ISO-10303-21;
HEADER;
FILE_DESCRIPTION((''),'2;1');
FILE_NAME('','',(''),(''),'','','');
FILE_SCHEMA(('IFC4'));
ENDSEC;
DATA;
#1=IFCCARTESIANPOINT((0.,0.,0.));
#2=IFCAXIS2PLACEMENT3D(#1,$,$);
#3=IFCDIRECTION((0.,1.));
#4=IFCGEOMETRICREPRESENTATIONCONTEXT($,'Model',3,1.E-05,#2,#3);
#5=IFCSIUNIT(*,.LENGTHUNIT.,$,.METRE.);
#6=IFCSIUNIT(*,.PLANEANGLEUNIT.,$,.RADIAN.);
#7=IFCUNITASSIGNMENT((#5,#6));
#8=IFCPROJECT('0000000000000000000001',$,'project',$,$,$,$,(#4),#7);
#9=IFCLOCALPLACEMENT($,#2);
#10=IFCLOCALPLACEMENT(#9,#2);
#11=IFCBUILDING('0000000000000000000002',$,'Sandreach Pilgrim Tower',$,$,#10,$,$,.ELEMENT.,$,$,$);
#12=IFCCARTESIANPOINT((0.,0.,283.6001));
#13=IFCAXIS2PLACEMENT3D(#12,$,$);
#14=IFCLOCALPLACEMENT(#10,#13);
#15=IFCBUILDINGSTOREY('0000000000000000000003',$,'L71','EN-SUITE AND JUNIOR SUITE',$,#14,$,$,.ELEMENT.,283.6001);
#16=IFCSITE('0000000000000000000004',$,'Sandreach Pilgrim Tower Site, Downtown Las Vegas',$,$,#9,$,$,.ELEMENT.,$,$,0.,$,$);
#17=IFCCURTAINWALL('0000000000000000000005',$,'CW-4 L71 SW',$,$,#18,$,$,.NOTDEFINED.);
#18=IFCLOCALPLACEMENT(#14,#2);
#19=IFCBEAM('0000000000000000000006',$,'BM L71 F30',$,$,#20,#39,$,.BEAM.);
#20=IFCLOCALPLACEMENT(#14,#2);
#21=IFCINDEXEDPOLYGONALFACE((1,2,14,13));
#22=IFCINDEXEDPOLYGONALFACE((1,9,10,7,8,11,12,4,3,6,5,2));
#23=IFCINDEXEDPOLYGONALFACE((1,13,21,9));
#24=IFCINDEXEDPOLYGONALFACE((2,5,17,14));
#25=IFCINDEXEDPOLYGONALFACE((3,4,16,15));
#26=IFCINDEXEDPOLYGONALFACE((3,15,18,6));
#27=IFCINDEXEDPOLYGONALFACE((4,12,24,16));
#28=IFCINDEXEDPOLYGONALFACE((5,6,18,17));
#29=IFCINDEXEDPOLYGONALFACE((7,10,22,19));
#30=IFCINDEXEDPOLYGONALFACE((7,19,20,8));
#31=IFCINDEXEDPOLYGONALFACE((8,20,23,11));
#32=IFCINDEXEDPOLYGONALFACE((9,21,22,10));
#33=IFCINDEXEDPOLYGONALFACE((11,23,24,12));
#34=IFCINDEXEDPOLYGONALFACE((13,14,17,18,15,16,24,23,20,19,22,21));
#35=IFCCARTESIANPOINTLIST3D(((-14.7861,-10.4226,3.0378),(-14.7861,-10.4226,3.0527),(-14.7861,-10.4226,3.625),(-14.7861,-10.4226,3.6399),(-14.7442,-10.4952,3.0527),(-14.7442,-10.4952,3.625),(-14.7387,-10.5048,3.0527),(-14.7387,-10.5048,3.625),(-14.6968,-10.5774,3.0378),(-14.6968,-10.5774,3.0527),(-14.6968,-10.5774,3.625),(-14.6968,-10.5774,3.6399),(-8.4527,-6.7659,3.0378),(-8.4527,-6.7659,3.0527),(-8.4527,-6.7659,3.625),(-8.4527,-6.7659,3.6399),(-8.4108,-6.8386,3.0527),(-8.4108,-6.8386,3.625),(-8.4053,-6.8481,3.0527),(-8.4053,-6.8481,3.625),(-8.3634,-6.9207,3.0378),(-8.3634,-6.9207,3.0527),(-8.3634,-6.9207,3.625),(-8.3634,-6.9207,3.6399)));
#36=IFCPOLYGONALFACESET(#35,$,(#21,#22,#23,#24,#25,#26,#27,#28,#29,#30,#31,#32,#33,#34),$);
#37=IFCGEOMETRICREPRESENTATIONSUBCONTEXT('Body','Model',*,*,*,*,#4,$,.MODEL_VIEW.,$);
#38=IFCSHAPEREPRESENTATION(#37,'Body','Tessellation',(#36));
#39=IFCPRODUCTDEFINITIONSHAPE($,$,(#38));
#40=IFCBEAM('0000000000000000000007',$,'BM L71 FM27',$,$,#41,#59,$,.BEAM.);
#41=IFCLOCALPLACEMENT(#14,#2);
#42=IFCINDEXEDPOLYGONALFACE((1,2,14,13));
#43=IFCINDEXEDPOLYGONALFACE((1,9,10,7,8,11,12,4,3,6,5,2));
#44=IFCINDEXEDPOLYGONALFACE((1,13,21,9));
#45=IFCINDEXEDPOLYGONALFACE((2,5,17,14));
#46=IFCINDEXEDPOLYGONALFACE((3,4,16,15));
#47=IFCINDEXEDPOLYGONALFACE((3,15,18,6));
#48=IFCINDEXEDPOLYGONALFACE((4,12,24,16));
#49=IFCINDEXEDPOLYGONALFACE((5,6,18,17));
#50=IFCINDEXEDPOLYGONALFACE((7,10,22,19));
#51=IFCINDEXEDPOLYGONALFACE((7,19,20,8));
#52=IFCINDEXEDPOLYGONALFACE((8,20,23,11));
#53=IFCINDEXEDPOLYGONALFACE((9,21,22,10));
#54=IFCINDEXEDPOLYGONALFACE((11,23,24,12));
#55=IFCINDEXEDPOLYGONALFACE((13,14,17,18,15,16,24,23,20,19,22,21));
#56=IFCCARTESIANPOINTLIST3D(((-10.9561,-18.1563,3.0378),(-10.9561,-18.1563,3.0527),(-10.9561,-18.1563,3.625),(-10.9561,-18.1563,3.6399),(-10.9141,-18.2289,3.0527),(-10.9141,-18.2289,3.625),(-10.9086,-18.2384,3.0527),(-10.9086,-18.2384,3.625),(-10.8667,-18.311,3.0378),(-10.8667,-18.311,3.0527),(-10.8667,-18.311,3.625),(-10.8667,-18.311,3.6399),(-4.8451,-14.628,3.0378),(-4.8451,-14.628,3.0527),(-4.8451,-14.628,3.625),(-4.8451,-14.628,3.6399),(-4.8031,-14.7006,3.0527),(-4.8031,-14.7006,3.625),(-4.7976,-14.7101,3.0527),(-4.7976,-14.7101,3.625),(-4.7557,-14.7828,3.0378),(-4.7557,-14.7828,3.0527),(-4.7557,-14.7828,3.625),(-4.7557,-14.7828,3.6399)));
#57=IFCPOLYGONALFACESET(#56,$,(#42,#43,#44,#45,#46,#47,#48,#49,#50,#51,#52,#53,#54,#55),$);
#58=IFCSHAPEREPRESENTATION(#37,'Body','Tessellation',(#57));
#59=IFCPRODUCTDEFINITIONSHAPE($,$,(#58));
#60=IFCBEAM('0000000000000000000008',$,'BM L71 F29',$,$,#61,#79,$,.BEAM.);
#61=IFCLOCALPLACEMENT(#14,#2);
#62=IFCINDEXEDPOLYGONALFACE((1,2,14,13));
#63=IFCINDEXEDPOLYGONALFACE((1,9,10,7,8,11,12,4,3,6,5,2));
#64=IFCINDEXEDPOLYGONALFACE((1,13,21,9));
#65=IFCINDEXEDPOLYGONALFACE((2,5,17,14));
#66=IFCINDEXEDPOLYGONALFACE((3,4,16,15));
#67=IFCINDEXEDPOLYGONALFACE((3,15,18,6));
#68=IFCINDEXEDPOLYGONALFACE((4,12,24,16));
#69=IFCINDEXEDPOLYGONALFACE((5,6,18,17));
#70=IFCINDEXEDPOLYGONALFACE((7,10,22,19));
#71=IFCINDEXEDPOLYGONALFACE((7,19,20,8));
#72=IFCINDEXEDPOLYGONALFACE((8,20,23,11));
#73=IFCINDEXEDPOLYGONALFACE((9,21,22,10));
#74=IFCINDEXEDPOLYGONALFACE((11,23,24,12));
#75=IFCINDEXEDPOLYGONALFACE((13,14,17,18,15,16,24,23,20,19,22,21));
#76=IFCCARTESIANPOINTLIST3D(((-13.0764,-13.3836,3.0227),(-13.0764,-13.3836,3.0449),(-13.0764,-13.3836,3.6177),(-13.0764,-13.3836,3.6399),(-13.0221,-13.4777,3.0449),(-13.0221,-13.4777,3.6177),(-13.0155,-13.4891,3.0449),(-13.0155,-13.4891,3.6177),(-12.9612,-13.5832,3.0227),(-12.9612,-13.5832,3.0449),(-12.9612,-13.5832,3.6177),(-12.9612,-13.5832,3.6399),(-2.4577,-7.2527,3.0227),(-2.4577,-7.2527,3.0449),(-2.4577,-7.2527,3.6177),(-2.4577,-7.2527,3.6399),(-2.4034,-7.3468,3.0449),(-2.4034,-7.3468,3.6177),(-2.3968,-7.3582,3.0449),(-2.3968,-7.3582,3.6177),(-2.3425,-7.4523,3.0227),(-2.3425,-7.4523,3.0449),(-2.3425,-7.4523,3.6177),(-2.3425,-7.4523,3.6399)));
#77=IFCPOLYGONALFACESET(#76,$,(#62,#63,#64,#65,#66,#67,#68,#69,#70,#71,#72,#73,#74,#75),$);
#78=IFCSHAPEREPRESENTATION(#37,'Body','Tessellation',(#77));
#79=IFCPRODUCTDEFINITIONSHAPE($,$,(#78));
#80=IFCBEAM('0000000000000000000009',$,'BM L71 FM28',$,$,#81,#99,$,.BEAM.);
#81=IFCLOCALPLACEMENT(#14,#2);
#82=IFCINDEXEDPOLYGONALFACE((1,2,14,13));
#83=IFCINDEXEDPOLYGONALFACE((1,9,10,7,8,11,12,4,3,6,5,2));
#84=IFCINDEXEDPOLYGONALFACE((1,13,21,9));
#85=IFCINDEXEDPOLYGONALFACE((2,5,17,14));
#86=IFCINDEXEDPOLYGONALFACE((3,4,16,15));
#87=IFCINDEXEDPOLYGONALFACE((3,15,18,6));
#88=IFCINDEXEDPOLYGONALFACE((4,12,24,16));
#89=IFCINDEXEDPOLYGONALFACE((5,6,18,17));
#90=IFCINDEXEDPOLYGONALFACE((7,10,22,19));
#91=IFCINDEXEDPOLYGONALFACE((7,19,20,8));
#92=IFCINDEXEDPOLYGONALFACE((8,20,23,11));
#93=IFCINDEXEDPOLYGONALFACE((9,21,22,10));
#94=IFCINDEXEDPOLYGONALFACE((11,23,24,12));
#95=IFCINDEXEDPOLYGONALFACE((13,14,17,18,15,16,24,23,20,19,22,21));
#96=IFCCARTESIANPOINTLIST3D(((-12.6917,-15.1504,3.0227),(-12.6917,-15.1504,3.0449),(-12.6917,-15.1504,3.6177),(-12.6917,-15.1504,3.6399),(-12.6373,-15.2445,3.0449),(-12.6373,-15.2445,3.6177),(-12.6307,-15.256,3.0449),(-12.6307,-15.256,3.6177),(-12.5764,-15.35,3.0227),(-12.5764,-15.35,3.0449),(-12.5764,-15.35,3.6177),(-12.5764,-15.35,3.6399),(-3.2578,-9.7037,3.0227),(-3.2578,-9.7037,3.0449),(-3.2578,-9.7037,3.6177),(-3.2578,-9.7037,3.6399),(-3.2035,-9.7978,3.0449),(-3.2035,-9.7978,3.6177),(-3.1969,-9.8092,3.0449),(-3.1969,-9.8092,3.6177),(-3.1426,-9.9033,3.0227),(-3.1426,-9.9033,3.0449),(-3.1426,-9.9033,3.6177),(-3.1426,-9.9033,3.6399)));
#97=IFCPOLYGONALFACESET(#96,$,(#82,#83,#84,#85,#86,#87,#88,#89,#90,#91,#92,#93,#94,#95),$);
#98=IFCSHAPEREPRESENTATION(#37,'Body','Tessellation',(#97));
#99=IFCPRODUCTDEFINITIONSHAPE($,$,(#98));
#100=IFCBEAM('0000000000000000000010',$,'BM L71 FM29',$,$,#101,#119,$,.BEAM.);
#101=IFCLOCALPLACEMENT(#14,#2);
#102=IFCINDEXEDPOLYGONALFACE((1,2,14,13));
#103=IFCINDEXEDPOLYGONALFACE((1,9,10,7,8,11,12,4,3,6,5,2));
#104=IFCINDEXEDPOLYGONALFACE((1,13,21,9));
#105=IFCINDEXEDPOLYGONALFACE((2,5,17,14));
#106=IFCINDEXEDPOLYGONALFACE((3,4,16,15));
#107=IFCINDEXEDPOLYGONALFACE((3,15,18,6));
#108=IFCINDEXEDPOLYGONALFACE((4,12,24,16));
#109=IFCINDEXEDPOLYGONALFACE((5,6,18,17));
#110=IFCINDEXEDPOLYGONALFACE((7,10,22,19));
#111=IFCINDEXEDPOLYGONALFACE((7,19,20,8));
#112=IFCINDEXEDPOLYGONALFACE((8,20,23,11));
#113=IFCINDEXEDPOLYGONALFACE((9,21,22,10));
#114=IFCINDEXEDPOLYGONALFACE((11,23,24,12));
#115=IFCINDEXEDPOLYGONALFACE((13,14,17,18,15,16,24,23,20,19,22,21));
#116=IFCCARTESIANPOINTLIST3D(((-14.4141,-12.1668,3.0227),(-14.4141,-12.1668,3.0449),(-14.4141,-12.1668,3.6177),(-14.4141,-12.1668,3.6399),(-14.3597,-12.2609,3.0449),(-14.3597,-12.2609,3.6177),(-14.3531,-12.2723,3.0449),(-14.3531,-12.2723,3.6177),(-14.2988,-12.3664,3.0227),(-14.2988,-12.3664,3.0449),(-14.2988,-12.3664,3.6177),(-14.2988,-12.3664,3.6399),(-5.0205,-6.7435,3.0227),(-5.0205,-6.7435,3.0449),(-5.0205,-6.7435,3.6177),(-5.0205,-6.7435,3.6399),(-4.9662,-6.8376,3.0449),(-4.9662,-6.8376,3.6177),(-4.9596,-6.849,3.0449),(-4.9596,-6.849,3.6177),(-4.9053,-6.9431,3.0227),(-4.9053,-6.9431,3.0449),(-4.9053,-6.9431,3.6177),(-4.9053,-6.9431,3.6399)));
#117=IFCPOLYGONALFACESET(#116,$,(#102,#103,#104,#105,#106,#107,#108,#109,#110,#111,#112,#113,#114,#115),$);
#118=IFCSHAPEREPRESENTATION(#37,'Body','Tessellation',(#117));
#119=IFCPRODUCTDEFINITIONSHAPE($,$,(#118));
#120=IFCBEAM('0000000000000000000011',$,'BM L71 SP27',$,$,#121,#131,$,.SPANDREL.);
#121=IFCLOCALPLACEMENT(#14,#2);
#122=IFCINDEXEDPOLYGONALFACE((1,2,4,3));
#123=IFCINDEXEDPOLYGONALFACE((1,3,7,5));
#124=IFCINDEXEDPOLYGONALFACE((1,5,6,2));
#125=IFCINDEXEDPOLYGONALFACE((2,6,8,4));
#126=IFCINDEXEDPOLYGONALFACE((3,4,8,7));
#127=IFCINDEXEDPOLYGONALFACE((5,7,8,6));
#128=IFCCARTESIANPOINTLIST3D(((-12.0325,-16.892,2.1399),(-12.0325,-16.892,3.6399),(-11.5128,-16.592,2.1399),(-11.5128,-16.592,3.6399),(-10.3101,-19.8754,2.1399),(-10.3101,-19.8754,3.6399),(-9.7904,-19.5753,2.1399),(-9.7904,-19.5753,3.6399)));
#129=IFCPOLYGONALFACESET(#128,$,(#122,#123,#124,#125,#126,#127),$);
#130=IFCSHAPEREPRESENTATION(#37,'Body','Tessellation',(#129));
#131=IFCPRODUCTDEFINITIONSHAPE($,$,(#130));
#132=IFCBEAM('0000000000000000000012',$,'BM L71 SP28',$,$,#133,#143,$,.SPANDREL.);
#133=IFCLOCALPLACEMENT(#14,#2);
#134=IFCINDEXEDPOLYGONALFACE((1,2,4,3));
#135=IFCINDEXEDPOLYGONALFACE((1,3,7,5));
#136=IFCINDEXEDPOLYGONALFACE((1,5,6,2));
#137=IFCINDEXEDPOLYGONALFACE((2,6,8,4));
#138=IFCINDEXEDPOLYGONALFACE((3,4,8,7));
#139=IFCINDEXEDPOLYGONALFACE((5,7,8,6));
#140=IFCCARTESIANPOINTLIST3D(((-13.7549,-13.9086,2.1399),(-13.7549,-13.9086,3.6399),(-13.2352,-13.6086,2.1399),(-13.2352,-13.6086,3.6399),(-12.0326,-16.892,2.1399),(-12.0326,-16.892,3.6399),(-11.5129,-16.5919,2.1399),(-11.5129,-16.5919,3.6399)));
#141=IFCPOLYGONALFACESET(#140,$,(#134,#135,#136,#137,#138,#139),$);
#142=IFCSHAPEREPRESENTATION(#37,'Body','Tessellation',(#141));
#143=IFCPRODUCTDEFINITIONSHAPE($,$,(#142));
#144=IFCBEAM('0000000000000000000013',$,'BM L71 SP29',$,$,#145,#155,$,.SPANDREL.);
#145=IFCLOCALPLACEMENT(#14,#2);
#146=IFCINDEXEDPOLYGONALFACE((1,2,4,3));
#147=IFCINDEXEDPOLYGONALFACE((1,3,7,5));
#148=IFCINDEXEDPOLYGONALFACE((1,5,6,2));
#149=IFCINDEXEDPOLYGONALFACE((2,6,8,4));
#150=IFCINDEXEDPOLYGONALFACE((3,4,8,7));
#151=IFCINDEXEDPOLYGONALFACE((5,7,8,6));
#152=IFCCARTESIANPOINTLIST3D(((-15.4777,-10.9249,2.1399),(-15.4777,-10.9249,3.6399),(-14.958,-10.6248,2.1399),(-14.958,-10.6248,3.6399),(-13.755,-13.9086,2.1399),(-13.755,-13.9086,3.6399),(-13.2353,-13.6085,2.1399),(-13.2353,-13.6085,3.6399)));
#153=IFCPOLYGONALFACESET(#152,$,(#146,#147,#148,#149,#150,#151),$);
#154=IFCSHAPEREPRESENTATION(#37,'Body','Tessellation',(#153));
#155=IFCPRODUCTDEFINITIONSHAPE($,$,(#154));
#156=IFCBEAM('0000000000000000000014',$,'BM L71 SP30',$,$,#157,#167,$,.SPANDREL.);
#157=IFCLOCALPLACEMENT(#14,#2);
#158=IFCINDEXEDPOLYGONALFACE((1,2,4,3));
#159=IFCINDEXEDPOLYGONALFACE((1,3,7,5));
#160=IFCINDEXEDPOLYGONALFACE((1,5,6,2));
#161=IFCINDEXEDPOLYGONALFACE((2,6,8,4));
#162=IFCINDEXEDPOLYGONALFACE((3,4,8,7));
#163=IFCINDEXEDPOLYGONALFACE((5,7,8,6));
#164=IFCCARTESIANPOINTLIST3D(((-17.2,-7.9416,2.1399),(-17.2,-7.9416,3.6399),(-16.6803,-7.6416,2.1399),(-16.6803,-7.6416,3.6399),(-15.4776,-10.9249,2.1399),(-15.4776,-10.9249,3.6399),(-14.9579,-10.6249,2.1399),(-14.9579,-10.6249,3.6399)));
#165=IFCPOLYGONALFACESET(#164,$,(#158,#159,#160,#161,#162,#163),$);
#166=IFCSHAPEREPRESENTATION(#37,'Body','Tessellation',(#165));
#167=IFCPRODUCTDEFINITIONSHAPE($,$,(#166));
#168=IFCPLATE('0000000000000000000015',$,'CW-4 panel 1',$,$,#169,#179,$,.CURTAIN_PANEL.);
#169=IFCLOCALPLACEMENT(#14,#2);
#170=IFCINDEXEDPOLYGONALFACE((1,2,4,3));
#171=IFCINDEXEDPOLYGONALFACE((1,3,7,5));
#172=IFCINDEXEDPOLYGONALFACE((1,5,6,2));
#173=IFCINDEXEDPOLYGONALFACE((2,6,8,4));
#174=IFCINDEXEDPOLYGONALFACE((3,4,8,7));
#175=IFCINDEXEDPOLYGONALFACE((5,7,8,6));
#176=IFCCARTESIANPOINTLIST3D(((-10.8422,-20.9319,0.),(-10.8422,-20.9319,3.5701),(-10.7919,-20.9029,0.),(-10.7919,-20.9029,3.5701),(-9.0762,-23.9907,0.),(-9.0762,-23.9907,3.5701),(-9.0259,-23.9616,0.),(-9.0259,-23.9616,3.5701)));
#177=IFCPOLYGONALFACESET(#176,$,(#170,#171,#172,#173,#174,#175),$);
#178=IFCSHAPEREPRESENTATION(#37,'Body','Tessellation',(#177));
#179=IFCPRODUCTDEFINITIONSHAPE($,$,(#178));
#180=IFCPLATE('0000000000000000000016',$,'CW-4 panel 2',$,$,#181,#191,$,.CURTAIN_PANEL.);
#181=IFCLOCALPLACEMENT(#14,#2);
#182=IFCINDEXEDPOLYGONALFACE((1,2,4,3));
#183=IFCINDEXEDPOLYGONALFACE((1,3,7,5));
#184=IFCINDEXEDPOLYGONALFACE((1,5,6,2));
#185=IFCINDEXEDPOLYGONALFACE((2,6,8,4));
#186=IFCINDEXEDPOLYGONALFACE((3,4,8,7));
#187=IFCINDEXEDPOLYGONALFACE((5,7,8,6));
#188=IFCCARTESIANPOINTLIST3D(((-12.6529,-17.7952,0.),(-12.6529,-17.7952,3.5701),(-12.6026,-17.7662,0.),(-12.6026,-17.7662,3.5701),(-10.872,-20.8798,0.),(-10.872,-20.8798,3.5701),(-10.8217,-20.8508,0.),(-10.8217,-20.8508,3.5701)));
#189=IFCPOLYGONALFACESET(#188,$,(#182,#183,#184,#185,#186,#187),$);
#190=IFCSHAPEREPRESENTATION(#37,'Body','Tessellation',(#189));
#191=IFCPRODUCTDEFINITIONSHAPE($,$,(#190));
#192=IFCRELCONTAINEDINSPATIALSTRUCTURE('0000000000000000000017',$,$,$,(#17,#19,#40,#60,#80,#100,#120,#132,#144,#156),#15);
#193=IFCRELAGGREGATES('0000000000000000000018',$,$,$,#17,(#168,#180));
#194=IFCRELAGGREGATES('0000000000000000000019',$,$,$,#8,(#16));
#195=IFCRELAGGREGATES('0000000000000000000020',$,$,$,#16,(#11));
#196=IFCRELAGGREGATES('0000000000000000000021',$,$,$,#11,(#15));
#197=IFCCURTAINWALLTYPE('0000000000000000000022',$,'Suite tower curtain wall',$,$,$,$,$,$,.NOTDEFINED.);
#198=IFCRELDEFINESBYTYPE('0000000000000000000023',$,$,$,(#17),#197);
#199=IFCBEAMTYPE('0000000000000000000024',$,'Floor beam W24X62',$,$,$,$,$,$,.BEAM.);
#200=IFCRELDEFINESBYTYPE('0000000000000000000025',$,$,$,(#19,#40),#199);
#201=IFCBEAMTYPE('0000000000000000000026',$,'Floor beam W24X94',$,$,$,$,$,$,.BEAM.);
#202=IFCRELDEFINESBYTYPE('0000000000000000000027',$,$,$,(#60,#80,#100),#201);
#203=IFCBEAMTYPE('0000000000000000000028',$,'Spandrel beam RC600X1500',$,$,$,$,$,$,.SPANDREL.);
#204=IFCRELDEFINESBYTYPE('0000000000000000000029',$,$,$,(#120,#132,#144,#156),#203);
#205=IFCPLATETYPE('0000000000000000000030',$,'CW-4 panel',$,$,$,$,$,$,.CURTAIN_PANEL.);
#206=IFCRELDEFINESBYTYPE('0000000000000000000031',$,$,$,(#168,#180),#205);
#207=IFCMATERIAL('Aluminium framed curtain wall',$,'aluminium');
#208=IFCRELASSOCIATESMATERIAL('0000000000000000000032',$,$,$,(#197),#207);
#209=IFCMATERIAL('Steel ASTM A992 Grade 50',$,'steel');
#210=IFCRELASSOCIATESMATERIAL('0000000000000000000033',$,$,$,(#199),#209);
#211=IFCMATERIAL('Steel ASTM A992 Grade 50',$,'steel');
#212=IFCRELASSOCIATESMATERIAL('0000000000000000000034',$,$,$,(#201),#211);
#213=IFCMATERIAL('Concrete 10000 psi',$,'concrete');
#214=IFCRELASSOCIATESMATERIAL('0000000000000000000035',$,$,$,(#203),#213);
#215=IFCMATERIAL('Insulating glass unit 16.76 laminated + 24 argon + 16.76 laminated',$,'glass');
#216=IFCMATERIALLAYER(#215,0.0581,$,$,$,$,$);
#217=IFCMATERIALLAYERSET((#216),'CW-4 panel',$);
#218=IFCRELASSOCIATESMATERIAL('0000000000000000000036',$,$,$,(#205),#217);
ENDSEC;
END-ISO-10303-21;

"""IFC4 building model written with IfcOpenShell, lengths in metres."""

from ifc_helpers import new_model, si_unit, direction, frame, origin, origin_2d, place, context, subcontext, project, spatial, rectangle, i_section, extrude, material, layer, layer_set, material_profile, profile_set, type_object, element, aggregate, save


model = new_model("IFC4")

# Units and contexts
model_context = context("Model", 3, precision=1e-05, world=origin(), true_north=direction((0.0, 1.0)))
body_context = subcontext(model_context, "Body", "Model", "MODEL_VIEW")
ifc_project = project(units=[si_unit("LENGTHUNIT", "METRE"), si_unit("PLANEANGLEUNIT", "RADIAN")], contexts=[model_context])

# Site, building, storey
site_placement = place(None, origin())
site = spatial("IfcSite", under=ifc_project, at=site_placement, Name="Sandreach Pilgrim Tower Site, Downtown Las Vegas", CompositionType="ELEMENT", RefElevation=0.0)
building_placement = place(site_placement, origin())
building = spatial("IfcBuilding", under=site, at=building_placement, Name="Sandreach Pilgrim Tower", CompositionType="ELEMENT")
storey_placement = place(building_placement, frame((0.0, 0.0, 283.6001)))
storey = spatial("IfcBuildingStorey", under=building, at=storey_placement, Name="L71", Description="EN-SUITE AND JUNIOR SUITE", CompositionType="ELEMENT", Elevation=283.6001)

# Curtain wall
ifc_material_1 = material(Name="Aluminium framed curtain wall", Category="aluminium")
curtain_wall_type = type_object("IfcCurtainWallType", Name="Suite tower curtain wall", PredefinedType="NOTDEFINED", material=ifc_material_1)
curtain_wall_placement = place(storey_placement, origin())
curtain_wall = element("IfcCurtainWall", 1, at=curtain_wall_placement, inside=storey, type_object=curtain_wall_type, Name="CW-4 L71 SW", PredefinedType="NOTDEFINED")

# Beams
ifc_material_2 = material(Name="Steel ASTM A992 Grade 50", Category="steel")
ifc_material_profile_1 = material_profile(ifc_material_2, i_section(OverallWidth=0.1787, OverallDepth=0.6021, WebThickness=0.011, FlangeThickness=0.0149, at=origin_2d()), Name="W24X62")
ifc_profile_set_1 = profile_set([ifc_material_profile_1], Name="Steel ASTM A992 Grade 50")
beam_type_1 = type_object("IfcBeamType", Name="Floor beam W24X62", PredefinedType="BEAM", material=ifc_profile_set_1)
beam_1_placement = place(storey_placement, frame((-14.7415, -10.5, 3.3389), z_axis=(0.86602, 0.500009, 0.0), x_axis=(-0.500009, 0.86602, 0.0)))
element("IfcBeam", 2, at=beam_1_placement, inside=storey, type_object=beam_type_1, Name="BM L71 F30", PredefinedType="BEAM", context=body_context, shape_type="SweptSolid", body=[
    extrude(i_section(OverallWidth=0.1787, OverallDepth=0.6021, WebThickness=0.011, FlangeThickness=0.0149, at=origin_2d()), origin(), (0.0, 0.0, 1.0), 7.3132),
])
beam_2_placement = place(storey_placement, frame((-10.9114, -18.2336, 3.3389), z_axis=(0.86602, 0.500009, 0.0), x_axis=(-0.500009, 0.86602, 0.0)))
element("IfcBeam", 3, at=beam_2_placement, inside=storey, type_object=beam_type_1, Name="BM L71 FM27", PredefinedType="BEAM", context=body_context, shape_type="SweptSolid", body=[
    extrude(i_section(OverallWidth=0.1787, OverallDepth=0.6021, WebThickness=0.011, FlangeThickness=0.0149, at=origin_2d()), origin(), (0.0, 0.0, 1.0), 7.0564),
])
ifc_material_3 = material(Name="Steel ASTM A992 Grade 50", Category="steel")
ifc_material_profile_2 = material_profile(ifc_material_3, i_section(OverallWidth=0.2305, OverallDepth=0.6172, WebThickness=0.0132, FlangeThickness=0.0222, at=origin_2d()), Name="W24X94")
ifc_profile_set_2 = profile_set([ifc_material_profile_2], Name="Steel ASTM A992 Grade 50")
beam_type_2 = type_object("IfcBeamType", Name="Floor beam W24X94", PredefinedType="BEAM", material=ifc_profile_set_2)
beam_3_placement = place(storey_placement, frame((-13.0188, -13.4834, 3.3313), z_axis=(0.866019, 0.500011, 0.0), x_axis=(-0.500011, 0.866019, 0.0)))
element("IfcBeam", 4, at=beam_3_placement, inside=storey, type_object=beam_type_2, Name="BM L71 F29", PredefinedType="BEAM", context=body_context, shape_type="SweptSolid", body=[
    extrude(i_section(OverallWidth=0.2305, OverallDepth=0.6172, WebThickness=0.0132, FlangeThickness=0.0222, at=origin_2d()), origin(), (0.0, 0.0, 1.0), 12.2615),
])
beam_4_placement = place(storey_placement, frame((-12.634, -15.2502, 3.3313), z_axis=(0.86602, 0.50001, 0.0), x_axis=(-0.50001, 0.86602, 0.0)))
element("IfcBeam", 5, at=beam_4_placement, inside=storey, type_object=beam_type_2, Name="BM L71 FM28", PredefinedType="BEAM", context=body_context, shape_type="SweptSolid", body=[
    extrude(i_section(OverallWidth=0.2305, OverallDepth=0.6172, WebThickness=0.0132, FlangeThickness=0.0222, at=origin_2d()), origin(), (0.0, 0.0, 1.0), 10.8933),
])
beam_5_placement = place(storey_placement, frame((-14.3564, -12.2666, 3.3313), z_axis=(0.866027, 0.499998, 0.0), x_axis=(-0.499998, 0.866027, 0.0)))
element("IfcBeam", 6, at=beam_5_placement, inside=storey, type_object=beam_type_2, Name="BM L71 FM29", PredefinedType="BEAM", context=body_context, shape_type="SweptSolid", body=[
    extrude(i_section(OverallWidth=0.2305, OverallDepth=0.6172, WebThickness=0.0132, FlangeThickness=0.0222, at=origin_2d()), origin(), (0.0, 0.0, 1.0), 10.8467),
])
ifc_material_4 = material(Name="Concrete 10000 psi", Category="concrete")
ifc_material_profile_3 = material_profile(ifc_material_4, rectangle(XDim=0.6001, YDim=1.5, at=origin_2d()), Name="RC600X1500")
ifc_profile_set_3 = profile_set([ifc_material_profile_3], Name="Concrete 10000 psi")
beam_type_3 = type_object("IfcBeamType", Name="Spandrel beam RC600X1500", PredefinedType="SPANDREL", material=ifc_profile_set_3)
for number, where, z_axis, x_axis, name in (
    (7, (-10.0503, -19.7253, 2.8899), (-0.499988, 0.866032, 0.0), (-0.866032, -0.499988, 0.0), "BM L71 SP27"),
    (8, (-11.7727, -16.7419, 2.8899), (-0.499988, 0.866032, 0.0), (-0.866032, -0.499988, 0.0), "BM L71 SP28"),
):
    element("IfcBeam", number, at=place(storey_placement, frame(where, z_axis=z_axis, x_axis=x_axis)), inside=storey, type_object=beam_type_3, Name=name, PredefinedType="SPANDREL", context=body_context, shape_type="SweptSolid", body=[
        extrude(rectangle(XDim=0.6001, YDim=1.5, at=origin_2d()), origin(), (0.0, 0.0, 1.0), 3.4448),
    ])
beam_6_placement = place(storey_placement, frame((-13.4951, -13.7585, 2.8899), z_axis=(-0.500011, 0.866019, 0.0), x_axis=(-0.866019, -0.500011, 0.0)))
element("IfcBeam", 9, at=beam_6_placement, inside=storey, type_object=beam_type_3, Name="BM L71 SP29", PredefinedType="SPANDREL", context=body_context, shape_type="SweptSolid", body=[
    extrude(rectangle(XDim=0.6001, YDim=1.5, at=origin_2d()), origin(), (0.0, 0.0, 1.0), 3.4453),
])
beam_7_placement = place(storey_placement, frame((-15.2178, -10.7749, 2.8899), z_axis=(-0.499988, 0.866032, 0.0), x_axis=(-0.866032, -0.499988, 0.0)))
element("IfcBeam", 10, at=beam_7_placement, inside=storey, type_object=beam_type_3, Name="BM L71 SP30", PredefinedType="SPANDREL", context=body_context, shape_type="SweptSolid", body=[
    extrude(rectangle(XDim=0.6001, YDim=1.5, at=origin_2d()), origin(), (0.0, 0.0, 1.0), 3.4448),
])

# Plates
ifc_material_5 = material(Name="Insulating glass unit 16.76 laminated + 24 argon + 16.76 laminated", Category="glass")
ifc_layer_1 = layer(ifc_material_5, 0.0581)
ifc_layer_set_1 = layer_set([ifc_layer_1], Name="CW-4 panel")
plate_type = type_object("IfcPlateType", Name="CW-4 panel", PredefinedType="CURTAIN_PANEL", material=ifc_layer_set_1)
plate_1_placement = place(storey_placement, frame((-9.9341, -22.4468, 0.0), z_axis=(0.0, 0.0, 1.0), x_axis=(-0.5, 0.866025, 0.0)))
plate_1 = element("IfcPlate", 11, at=plate_1_placement, type_object=plate_type, Name="CW-4 panel 1", PredefinedType="CURTAIN_PANEL", context=body_context, shape_type="SweptSolid", body=[
    extrude(rectangle(XDim=3.532, YDim=0.0581, at=origin_2d()), origin(), (0.0, 0.0, 1.0), 3.5701),
])
plate_2_placement = place(storey_placement, frame((-11.7373, -19.323, 0.0), z_axis=(0.0, 0.0, 1.0), x_axis=(-0.5, 0.866025, 0.0)))
plate_2 = element("IfcPlate", 12, at=plate_2_placement, type_object=plate_type, Name="CW-4 panel 2", PredefinedType="CURTAIN_PANEL", context=body_context, shape_type="SweptSolid", body=[
    extrude(rectangle(XDim=3.5618, YDim=0.0581, at=origin_2d()), origin(), (0.0, 0.0, 1.0), 3.5701),
])
aggregate(curtain_wall, [plate_1, plate_2])

save(model, "model.ifc")
